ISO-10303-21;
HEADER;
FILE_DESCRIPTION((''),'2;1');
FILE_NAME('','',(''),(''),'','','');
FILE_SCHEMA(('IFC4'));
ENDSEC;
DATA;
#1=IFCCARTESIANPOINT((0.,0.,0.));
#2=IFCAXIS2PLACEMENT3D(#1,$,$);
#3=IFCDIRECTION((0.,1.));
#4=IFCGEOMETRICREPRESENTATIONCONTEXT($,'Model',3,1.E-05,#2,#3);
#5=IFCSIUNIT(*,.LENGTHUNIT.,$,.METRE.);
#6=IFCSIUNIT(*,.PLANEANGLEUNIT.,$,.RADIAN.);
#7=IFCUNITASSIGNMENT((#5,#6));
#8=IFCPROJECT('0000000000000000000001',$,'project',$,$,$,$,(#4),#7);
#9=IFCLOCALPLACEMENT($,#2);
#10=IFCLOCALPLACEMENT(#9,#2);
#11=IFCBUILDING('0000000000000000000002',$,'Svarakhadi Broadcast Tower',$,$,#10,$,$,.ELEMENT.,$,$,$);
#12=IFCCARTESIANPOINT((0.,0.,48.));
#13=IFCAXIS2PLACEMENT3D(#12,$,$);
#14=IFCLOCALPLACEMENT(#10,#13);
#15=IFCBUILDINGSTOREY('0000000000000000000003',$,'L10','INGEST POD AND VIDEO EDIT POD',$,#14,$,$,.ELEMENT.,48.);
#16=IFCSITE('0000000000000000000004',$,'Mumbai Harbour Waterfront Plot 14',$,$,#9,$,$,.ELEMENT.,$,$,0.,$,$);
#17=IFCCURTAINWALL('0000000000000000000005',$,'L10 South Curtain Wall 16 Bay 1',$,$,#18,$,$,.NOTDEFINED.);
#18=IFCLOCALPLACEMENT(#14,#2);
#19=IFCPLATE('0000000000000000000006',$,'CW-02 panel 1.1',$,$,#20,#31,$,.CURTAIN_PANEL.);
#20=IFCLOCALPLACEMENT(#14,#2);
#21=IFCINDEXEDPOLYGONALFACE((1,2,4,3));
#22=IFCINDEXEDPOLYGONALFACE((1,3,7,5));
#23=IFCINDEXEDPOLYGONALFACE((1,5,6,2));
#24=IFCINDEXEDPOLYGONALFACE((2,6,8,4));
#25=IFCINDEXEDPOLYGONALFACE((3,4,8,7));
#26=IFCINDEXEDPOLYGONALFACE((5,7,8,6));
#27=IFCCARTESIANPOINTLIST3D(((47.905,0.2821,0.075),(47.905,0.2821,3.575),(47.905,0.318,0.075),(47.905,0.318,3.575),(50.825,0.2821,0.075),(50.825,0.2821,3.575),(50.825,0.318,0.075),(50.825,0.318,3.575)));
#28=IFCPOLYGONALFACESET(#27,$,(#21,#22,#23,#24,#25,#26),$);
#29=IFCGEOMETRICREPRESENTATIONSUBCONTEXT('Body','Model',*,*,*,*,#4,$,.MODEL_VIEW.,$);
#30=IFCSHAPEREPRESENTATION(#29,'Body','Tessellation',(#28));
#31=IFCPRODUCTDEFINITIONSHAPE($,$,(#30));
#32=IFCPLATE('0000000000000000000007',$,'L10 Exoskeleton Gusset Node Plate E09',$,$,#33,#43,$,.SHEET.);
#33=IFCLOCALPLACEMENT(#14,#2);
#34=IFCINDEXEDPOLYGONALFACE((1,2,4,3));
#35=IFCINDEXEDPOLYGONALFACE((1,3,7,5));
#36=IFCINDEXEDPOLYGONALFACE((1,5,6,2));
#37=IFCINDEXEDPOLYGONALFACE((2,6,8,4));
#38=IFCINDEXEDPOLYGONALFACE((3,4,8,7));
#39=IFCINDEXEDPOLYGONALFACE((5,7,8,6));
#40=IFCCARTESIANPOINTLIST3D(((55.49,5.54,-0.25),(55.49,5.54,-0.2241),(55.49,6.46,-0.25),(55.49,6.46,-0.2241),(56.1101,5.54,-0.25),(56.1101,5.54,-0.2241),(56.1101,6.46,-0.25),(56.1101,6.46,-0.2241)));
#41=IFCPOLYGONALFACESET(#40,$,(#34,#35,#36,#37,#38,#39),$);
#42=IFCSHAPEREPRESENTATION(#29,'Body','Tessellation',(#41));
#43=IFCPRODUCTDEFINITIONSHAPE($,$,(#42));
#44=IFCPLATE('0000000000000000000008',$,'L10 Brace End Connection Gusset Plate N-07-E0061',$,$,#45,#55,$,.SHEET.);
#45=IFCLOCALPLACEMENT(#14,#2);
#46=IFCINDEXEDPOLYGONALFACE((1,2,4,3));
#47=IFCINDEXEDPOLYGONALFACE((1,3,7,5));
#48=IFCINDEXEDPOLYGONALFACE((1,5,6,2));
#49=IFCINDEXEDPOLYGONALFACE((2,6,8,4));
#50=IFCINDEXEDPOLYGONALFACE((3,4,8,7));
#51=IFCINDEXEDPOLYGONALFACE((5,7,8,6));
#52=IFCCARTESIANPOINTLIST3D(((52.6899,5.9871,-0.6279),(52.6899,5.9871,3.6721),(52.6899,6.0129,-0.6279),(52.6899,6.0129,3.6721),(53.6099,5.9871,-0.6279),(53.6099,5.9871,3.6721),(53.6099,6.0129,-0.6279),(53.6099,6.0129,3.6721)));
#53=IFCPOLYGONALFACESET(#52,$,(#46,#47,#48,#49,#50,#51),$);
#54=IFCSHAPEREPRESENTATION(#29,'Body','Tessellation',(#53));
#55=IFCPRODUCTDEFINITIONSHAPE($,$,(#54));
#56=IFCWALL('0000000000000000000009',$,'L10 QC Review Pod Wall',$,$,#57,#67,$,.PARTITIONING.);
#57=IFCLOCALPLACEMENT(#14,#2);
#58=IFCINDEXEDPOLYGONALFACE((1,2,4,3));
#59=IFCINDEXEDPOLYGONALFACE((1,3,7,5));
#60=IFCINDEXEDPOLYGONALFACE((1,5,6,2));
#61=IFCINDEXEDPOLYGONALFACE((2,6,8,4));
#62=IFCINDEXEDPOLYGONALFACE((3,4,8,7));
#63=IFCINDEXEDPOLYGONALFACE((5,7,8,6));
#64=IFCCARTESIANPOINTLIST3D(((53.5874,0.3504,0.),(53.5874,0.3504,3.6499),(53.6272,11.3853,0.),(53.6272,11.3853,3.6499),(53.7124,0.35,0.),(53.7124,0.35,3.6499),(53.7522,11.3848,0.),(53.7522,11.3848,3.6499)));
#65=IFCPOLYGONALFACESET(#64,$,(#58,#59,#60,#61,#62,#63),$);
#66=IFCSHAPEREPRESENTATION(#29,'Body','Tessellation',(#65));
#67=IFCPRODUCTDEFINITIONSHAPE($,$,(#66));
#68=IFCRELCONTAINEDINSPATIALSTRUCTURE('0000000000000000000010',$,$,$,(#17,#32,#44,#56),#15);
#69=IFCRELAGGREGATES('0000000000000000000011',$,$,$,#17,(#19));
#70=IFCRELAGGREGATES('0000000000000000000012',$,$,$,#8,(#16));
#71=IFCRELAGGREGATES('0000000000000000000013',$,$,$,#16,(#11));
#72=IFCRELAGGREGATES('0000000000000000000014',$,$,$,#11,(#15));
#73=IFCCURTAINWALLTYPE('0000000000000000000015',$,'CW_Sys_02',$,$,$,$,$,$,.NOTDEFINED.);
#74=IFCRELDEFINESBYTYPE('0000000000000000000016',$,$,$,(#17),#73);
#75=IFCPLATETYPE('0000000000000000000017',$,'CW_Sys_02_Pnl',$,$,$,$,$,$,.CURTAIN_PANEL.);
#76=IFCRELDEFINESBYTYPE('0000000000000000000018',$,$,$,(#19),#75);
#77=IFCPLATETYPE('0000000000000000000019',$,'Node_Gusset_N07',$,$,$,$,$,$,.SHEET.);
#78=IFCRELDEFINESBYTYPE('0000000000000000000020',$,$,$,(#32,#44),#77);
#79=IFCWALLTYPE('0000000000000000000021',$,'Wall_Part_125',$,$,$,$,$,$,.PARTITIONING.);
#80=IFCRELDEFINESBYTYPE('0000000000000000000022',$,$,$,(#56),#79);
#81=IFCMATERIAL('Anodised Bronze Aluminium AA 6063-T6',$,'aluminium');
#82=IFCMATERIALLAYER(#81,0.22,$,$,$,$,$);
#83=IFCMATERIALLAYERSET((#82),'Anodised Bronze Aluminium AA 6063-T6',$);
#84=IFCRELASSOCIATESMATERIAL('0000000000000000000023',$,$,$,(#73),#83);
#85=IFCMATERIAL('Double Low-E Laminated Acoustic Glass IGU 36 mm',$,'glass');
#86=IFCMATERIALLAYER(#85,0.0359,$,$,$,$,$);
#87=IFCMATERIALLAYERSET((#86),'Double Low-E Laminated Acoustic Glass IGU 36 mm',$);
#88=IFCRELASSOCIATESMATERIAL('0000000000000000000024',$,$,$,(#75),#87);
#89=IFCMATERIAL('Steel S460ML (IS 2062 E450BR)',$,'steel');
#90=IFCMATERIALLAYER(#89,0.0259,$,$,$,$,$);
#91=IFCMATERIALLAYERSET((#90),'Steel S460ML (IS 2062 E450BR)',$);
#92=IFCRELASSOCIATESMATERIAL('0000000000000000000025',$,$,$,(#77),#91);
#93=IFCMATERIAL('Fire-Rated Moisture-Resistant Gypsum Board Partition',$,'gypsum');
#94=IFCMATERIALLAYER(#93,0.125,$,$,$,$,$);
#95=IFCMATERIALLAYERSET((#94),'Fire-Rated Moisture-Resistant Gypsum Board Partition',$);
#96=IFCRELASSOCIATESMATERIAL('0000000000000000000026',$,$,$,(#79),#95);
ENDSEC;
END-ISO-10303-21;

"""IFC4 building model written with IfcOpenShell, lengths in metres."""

from ifc_helpers import new_model, si_unit, direction, frame, frame_2d, origin, origin_2d, place, context, subcontext, project, spatial, rectangle, extrude, material, layer, layer_set, type_object, element, aggregate, save


model = new_model("IFC4")

# Units and contexts
model_context = context("Model", 3, precision=1e-05, world=origin(), true_north=direction((0.0, 1.0)))
body_context = subcontext(model_context, "Body", "Model", "MODEL_VIEW")
ifc_project = project(units=[si_unit("LENGTHUNIT", "METRE"), si_unit("PLANEANGLEUNIT", "RADIAN")], contexts=[model_context])

# Site, building, storey
site_placement = place(None, origin())
site = spatial("IfcSite", under=ifc_project, at=site_placement, Name="Mumbai Harbour Waterfront Plot 14", CompositionType="ELEMENT", RefElevation=0.0)
building_placement = place(site_placement, origin())
building = spatial("IfcBuilding", under=site, at=building_placement, Name="Svarakhadi Broadcast Tower", CompositionType="ELEMENT")
storey_placement = place(building_placement, frame((0.0, 0.0, 48.0)))
storey = spatial("IfcBuildingStorey", under=building, at=storey_placement, Name="L10", Description="INGEST POD AND VIDEO EDIT POD", CompositionType="ELEMENT", Elevation=48.0)

# Shared definitions
ifc_material_1 = material(Name="Steel S460ML (IS 2062 E450BR)", Category="steel")

# Curtain wall
ifc_material_2 = material(Name="Anodised Bronze Aluminium AA 6063-T6", Category="aluminium")
ifc_layer_1 = layer(ifc_material_2, 0.22)
ifc_layer_set_1 = layer_set([ifc_layer_1], Name="Anodised Bronze Aluminium AA 6063-T6")
curtain_wall_type = type_object("IfcCurtainWallType", Name="CW_Sys_02", PredefinedType="NOTDEFINED", material=ifc_layer_set_1)
curtain_wall_1_placement = place(storey_placement, origin())
curtain_wall_1 = element("IfcCurtainWall", 1, at=curtain_wall_1_placement, inside=storey, type_object=curtain_wall_type, Name="L10 South Curtain Wall 16 Bay 1", PredefinedType="NOTDEFINED")

# Plate
ifc_material_3 = material(Name="Double Low-E Laminated Acoustic Glass IGU 36 mm", Category="glass")
ifc_layer_2 = layer(ifc_material_3, 0.0359)
ifc_layer_set_2 = layer_set([ifc_layer_2], Name="Double Low-E Laminated Acoustic Glass IGU 36 mm")
plate_type_1 = type_object("IfcPlateType", Name="CW_Sys_02_Pnl", PredefinedType="CURTAIN_PANEL", material=ifc_layer_set_2)
plate_1_placement = place(storey_placement, frame((49.365, 0.3, 0.075), z_axis=(0.0, 0.0, 1.0), x_axis=(-1.0, 0.0, 0.0)))
plate_1 = element("IfcPlate", 2, at=plate_1_placement, type_object=plate_type_1, Name="CW-02 panel 1.1", PredefinedType="CURTAIN_PANEL", context=body_context, shape_type="SweptSolid", body=[
    extrude(rectangle(XDim=2.9199, YDim=0.0359, at=origin_2d()), origin(), (0.0, 0.0, 1.0), 3.5),
])
aggregate(curtain_wall_1, [plate_1])

# Plates
ifc_layer_3 = layer(ifc_material_1, 0.0259)
ifc_layer_set_3 = layer_set([ifc_layer_3], Name="Steel S460ML (IS 2062 E450BR)")
plate_type_2 = type_object("IfcPlateType", Name="Node_Gusset_N07", PredefinedType="SHEET", material=ifc_layer_set_3)
plate_2_placement = place(storey_placement, frame((55.8, 6.0, -0.25), z_axis=(0.0, 0.0, 1.0), x_axis=(0.0, 1.0, 0.0)))
element("IfcPlate", 3, at=plate_2_placement, inside=storey, type_object=plate_type_2, Name="L10 Exoskeleton Gusset Node Plate E09", PredefinedType="SHEET", context=body_context, shape_type="SweptSolid", body=[
    extrude(rectangle(XDim=0.9199, YDim=0.6201, at=origin_2d()), origin(), (0.0, 0.0, 1.0), 0.0259),
])
plate_3_placement = place(storey_placement, frame((53.1499, 6.0, -0.6279), z_axis=(0.0, 0.0, 1.0), x_axis=(1.0, 0.0, 0.0)))
element("IfcPlate", 4, at=plate_3_placement, inside=storey, type_object=plate_type_2, Name="L10 Brace End Connection Gusset Plate N-07-E0061", PredefinedType="SHEET", context=body_context, shape_type="SweptSolid", body=[
    extrude(rectangle(XDim=0.9199, YDim=0.0259, at=origin_2d()), origin(), (0.0, 0.0, 1.0), 4.3),
])

# Wall
ifc_material_4 = material(Name="Fire-Rated Moisture-Resistant Gypsum Board Partition", Category="gypsum")
ifc_layer_4 = layer(ifc_material_4, 0.125)
ifc_layer_set_4 = layer_set([ifc_layer_4], Name="Fire-Rated Moisture-Resistant Gypsum Board Partition")
wall_type = type_object("IfcWallType", Name="Wall_Part_125", PredefinedType="PARTITIONING", material=ifc_layer_set_4)
wall_placement = place(storey_placement, frame((53.6499, 0.3501, 0.0), z_axis=(0.0, 0.0, 1.0), x_axis=(0.003606, 0.999993, 0.0)))
element("IfcWall", 5, at=wall_placement, inside=storey, type_object=wall_type, Name="L10 QC Review Pod Wall", PredefinedType="PARTITIONING", context=body_context, shape_type="SweptSolid", body=[
    extrude(rectangle(XDim=11.0349, YDim=0.125, at=frame_2d((5.5176, 0.0))), origin(), (0.0, 0.0, 1.0), 3.6499),
])

save(model, "model.ifc")
